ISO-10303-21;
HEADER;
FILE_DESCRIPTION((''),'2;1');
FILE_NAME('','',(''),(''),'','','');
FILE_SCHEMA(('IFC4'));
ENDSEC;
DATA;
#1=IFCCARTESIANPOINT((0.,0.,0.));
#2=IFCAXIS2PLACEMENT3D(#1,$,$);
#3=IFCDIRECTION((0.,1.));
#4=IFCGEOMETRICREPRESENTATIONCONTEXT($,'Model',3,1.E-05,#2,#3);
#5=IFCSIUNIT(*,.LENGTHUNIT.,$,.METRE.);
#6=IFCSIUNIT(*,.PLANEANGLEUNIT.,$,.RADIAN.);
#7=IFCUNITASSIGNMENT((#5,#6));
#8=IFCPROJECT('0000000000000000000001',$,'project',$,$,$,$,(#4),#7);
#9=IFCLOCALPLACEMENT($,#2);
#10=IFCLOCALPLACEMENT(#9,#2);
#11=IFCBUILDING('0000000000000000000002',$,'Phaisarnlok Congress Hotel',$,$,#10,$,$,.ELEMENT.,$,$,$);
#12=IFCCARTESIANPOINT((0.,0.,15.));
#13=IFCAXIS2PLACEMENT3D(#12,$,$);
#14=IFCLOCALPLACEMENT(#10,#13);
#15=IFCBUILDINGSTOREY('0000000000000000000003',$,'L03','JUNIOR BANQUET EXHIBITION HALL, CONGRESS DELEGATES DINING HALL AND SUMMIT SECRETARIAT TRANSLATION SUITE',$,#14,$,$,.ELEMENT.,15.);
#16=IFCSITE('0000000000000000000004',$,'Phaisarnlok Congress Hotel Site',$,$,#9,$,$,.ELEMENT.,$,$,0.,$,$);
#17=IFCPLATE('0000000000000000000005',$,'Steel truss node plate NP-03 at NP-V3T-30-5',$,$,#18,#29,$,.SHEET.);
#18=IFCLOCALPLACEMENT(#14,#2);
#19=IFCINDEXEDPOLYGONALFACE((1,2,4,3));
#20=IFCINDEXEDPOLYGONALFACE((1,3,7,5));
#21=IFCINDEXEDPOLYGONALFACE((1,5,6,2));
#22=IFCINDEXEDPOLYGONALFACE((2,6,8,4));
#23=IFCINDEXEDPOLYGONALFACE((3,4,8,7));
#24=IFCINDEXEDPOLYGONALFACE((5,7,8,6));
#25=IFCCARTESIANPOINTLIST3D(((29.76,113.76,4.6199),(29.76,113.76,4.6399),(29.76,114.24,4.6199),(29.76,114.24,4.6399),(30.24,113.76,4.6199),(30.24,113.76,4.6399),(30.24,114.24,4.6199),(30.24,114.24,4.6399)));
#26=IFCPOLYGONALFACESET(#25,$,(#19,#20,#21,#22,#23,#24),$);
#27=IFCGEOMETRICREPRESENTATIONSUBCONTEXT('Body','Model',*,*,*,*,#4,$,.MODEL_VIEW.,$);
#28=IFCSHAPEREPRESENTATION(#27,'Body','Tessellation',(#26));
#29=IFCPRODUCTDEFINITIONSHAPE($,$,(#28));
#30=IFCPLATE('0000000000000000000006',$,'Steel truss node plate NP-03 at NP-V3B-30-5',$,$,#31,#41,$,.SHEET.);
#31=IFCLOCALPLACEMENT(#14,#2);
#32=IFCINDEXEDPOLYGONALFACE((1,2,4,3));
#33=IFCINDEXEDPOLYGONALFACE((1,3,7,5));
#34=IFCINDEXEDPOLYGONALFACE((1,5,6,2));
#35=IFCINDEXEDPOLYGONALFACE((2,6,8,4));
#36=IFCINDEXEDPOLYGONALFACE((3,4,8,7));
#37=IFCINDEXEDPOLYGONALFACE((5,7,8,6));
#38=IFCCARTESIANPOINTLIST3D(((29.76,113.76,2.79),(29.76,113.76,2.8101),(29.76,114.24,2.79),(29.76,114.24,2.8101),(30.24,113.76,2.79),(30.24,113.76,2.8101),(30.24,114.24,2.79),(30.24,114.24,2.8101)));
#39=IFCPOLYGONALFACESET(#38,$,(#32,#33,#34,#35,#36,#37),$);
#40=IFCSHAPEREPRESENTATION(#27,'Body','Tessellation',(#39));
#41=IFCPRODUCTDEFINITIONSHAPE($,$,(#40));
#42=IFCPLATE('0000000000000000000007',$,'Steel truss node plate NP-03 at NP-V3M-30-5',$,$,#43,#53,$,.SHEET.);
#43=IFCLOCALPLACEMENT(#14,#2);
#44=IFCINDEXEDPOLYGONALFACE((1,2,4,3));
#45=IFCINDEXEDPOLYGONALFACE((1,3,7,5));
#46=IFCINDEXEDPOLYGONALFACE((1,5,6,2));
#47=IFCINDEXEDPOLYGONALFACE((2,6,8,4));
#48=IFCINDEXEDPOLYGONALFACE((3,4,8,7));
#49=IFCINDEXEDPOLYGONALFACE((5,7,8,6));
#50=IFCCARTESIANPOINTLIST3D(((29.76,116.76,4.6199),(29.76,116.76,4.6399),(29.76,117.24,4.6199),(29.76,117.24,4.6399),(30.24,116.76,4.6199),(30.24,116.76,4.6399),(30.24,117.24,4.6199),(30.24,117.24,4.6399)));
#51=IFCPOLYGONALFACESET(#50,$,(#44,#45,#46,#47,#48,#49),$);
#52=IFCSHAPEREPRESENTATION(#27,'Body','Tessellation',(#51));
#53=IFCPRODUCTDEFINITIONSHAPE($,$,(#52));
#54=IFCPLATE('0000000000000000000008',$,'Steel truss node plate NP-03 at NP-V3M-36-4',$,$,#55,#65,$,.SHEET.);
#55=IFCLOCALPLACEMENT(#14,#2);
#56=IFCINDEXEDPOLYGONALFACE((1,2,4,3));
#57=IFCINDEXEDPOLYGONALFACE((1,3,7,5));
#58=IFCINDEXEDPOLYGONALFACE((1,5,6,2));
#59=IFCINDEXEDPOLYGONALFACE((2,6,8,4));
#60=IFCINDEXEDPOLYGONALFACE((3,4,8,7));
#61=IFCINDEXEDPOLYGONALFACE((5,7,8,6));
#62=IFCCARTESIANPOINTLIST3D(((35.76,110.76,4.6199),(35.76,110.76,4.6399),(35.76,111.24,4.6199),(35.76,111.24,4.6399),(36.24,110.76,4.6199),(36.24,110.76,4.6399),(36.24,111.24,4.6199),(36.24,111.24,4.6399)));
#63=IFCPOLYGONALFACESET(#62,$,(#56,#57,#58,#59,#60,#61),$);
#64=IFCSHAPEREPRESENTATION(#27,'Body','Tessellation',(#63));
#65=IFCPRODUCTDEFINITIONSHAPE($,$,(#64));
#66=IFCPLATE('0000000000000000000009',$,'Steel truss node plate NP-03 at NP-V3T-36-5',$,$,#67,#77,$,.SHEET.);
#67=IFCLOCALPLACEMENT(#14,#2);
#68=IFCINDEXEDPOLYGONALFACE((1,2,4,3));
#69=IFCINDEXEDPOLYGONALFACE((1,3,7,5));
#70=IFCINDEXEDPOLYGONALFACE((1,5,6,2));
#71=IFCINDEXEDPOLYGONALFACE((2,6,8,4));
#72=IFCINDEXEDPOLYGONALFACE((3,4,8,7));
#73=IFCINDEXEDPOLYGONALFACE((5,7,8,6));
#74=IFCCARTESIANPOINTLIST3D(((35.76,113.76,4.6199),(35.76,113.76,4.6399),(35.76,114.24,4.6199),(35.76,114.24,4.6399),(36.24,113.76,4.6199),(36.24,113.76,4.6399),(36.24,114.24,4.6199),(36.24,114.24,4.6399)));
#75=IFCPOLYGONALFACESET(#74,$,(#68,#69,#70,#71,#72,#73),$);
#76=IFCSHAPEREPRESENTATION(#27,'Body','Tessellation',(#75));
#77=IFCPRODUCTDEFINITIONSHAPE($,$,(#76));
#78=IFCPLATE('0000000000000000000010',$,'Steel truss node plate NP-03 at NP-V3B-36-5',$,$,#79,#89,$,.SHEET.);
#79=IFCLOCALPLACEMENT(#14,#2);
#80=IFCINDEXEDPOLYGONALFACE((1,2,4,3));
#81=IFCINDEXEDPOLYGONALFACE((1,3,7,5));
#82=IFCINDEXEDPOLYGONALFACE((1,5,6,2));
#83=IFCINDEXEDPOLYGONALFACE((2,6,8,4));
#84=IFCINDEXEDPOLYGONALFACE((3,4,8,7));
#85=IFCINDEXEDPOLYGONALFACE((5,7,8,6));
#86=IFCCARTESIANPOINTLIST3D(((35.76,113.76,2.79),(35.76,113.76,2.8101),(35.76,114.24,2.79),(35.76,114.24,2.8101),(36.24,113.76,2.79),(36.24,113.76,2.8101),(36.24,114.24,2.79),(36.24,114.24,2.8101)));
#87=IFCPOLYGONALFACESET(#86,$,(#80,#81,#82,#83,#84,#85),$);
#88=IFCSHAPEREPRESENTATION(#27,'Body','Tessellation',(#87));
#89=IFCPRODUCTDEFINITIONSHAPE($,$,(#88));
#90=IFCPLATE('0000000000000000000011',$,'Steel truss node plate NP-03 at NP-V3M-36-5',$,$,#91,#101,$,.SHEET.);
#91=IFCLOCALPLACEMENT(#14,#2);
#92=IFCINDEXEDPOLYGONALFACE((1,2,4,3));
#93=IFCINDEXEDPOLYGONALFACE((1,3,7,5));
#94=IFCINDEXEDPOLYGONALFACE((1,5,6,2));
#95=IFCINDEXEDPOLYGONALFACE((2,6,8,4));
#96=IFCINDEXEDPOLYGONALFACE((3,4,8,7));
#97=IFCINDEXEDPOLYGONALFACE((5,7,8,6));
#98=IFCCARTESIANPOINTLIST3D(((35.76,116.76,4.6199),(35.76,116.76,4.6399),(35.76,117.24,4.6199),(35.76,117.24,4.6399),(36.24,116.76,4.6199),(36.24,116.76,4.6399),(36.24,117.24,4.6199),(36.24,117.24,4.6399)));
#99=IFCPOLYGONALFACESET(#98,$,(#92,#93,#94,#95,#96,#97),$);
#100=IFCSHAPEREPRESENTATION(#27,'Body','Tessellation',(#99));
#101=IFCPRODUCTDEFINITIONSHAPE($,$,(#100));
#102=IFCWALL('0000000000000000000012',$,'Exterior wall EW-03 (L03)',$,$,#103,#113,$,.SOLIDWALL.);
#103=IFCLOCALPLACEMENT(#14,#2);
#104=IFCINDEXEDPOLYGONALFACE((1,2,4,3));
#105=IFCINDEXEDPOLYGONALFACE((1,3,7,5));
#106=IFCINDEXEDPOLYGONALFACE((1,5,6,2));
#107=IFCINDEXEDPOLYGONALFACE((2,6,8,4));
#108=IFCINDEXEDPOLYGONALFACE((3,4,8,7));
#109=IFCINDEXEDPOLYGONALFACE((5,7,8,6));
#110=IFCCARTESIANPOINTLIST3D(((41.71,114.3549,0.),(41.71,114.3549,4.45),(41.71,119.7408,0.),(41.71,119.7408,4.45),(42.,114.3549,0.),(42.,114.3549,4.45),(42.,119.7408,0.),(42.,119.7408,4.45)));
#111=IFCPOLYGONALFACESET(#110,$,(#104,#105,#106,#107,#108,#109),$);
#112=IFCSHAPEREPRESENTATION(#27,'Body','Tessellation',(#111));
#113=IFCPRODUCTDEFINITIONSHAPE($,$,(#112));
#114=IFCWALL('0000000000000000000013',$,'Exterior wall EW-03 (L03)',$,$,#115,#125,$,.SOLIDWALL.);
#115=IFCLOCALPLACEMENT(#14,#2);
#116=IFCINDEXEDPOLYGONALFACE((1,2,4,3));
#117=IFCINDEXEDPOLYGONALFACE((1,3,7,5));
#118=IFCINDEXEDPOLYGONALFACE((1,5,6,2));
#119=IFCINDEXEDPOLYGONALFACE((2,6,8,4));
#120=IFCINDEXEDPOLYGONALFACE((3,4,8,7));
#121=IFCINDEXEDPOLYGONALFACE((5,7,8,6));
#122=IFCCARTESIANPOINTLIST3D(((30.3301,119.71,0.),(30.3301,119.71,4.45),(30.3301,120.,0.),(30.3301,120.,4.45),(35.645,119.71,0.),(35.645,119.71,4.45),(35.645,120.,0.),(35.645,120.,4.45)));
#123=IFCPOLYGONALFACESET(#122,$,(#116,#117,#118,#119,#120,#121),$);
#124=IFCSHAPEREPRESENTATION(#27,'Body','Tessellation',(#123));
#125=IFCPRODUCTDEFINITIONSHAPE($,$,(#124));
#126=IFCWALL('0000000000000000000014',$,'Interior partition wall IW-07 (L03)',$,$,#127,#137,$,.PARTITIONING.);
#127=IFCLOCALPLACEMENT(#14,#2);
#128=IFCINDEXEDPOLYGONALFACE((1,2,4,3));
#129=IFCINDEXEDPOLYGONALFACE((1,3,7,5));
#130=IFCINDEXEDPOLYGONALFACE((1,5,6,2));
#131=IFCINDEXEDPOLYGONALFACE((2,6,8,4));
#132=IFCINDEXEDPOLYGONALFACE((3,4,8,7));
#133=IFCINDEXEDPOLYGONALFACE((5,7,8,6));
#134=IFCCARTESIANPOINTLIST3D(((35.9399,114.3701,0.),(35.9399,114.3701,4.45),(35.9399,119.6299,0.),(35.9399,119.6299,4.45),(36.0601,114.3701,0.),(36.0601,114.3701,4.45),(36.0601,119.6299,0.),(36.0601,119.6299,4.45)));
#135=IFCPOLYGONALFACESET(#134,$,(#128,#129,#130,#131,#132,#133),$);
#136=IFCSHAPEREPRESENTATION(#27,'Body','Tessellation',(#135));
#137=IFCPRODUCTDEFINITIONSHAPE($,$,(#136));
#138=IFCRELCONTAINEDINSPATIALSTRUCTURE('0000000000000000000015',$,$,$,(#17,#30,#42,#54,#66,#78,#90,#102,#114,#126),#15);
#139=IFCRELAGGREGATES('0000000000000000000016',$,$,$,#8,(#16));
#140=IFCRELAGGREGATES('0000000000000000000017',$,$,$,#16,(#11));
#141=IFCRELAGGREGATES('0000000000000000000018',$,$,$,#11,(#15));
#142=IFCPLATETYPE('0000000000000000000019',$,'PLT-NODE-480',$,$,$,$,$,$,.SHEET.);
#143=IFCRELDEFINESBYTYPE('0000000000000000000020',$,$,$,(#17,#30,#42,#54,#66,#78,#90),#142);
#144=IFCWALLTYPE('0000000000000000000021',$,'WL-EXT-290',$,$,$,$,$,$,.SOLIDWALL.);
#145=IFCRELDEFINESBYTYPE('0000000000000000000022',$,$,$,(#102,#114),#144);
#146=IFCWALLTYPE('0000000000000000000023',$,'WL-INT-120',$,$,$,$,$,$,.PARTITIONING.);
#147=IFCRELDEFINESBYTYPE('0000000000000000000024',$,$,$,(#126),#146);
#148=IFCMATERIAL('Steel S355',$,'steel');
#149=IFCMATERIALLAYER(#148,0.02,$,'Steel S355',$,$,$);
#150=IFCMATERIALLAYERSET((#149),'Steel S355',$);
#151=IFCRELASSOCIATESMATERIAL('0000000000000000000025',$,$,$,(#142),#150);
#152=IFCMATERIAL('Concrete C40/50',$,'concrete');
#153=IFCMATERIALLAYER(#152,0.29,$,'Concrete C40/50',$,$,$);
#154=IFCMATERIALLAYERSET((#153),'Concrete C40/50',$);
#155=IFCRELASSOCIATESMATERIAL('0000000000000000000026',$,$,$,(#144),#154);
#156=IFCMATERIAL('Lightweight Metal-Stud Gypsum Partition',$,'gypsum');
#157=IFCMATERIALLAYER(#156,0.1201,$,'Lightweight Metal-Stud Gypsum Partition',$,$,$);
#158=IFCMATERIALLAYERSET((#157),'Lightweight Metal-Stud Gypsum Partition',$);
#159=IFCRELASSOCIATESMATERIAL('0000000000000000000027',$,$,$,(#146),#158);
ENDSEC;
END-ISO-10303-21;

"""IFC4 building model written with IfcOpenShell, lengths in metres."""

from ifc_helpers import new_model, si_unit, direction, frame, frame_2d, origin, origin_2d, place, context, subcontext, project, spatial, rectangle, extrude, material, layer, layer_set, type_object, element, save


model = new_model("IFC4")

# Units and contexts
model_context = context("Model", 3, precision=1e-05, world=origin(), true_north=direction((0.0, 1.0)))
body_context = subcontext(model_context, "Body", "Model", "MODEL_VIEW")
ifc_project = project(units=[si_unit("LENGTHUNIT", "METRE"), si_unit("PLANEANGLEUNIT", "RADIAN")], contexts=[model_context])

# Site, building, storey
site_placement = place(None, origin())
site = spatial("IfcSite", under=ifc_project, at=site_placement, Name="Phaisarnlok Congress Hotel Site", CompositionType="ELEMENT", RefElevation=0.0)
building_placement = place(site_placement, origin())
building = spatial("IfcBuilding", under=site, at=building_placement, Name="Phaisarnlok Congress Hotel", CompositionType="ELEMENT")
storey_placement = place(building_placement, frame((0.0, 0.0, 15.0)))
storey = spatial("IfcBuildingStorey", under=building, at=storey_placement, Name="L03", Description="JUNIOR BANQUET EXHIBITION HALL, CONGRESS DELEGATES DINING HALL AND SUMMIT SECRETARIAT TRANSLATION SUITE", CompositionType="ELEMENT", Elevation=15.0)

# Shared definitions
ifc_material_1 = material(Name="Steel S355", Category="steel")

# Plates
ifc_layer_1 = layer(ifc_material_1, 0.02, Name="Steel S355")
ifc_layer_set_1 = layer_set([ifc_layer_1], Name="Steel S355")
plate_type_1 = type_object("IfcPlateType", Name="PLT-NODE-480", PredefinedType="SHEET", material=ifc_layer_set_1)
for number, where, z_axis, x_axis, name in (
    (1, (30.0, 114.0, 4.6199), (0.0, 0.0, 1.0), (1.0, 0.0, 0.0), "Steel truss node plate NP-03 at NP-V3T-30-5"),
    (2, (30.0, 114.0, 2.79), (0.0, 0.0, 1.0), (1.0, 0.0, 0.0), "Steel truss node plate NP-03 at NP-V3B-30-5"),
    (3, (30.0, 117.0, 4.6199), (0.0, 0.0, 1.0), (1.0, 0.0, 0.0), "Steel truss node plate NP-03 at NP-V3M-30-5"),
    (4, (36.0, 111.0, 4.6199), (0.0, 0.0, 1.0), (1.0, 0.0, 0.0), "Steel truss node plate NP-03 at NP-V3M-36-4"),
    (5, (36.0, 114.0, 4.6199), (0.0, 0.0, 1.0), (1.0, 0.0, 0.0), "Steel truss node plate NP-03 at NP-V3T-36-5"),
    (6, (36.0, 114.0, 2.79), (0.0, 0.0, 1.0), (1.0, 0.0, 0.0), "Steel truss node plate NP-03 at NP-V3B-36-5"),
    (7, (36.0, 117.0, 4.6199), (0.0, 0.0, 1.0), (1.0, 0.0, 0.0), "Steel truss node plate NP-03 at NP-V3M-36-5"),
):
    element("IfcPlate", number, at=place(storey_placement, frame(where, z_axis=z_axis, x_axis=x_axis)), inside=storey, type_object=plate_type_1, Name=name, PredefinedType="SHEET", context=body_context, shape_type="SweptSolid", body=[
        extrude(rectangle(XDim=0.48, YDim=0.48, at=origin_2d()), origin(), (0.0, 0.0, 1.0), 0.02),
    ])

# Walls
ifc_material_2 = material(Name="Concrete C40/50", Category="concrete")
ifc_layer_2 = layer(ifc_material_2, 0.29, Name="Concrete C40/50")
ifc_layer_set_2 = layer_set([ifc_layer_2], Name="Concrete C40/50")
wall_type_1 = type_object("IfcWallType", Name="WL-EXT-290", PredefinedType="SOLIDWALL", material=ifc_layer_set_2)
wall_1_placement = place(storey_placement, frame((41.855, 114.355, 0.0), z_axis=(0.0, 0.0, 1.0), x_axis=(0.0, 1.0, 0.0)))
element("IfcWall", 8, at=wall_1_placement, inside=storey, type_object=wall_type_1, Name="Exterior wall EW-03 (L03)", PredefinedType="SOLIDWALL", context=body_context, shape_type="SweptSolid", body=[
    extrude(rectangle(XDim=5.386, YDim=0.29, at=frame_2d((2.6929, 0.0))), origin(), (0.0, 0.0, 1.0), 4.45),
])
wall_2_placement = place(storey_placement, frame((35.645, 119.855, 0.0), z_axis=(0.0, 0.0, 1.0), x_axis=(-1.0, 0.0, 0.0)))
element("IfcWall", 9, at=wall_2_placement, inside=storey, type_object=wall_type_1, Name="Exterior wall EW-03 (L03)", PredefinedType="SOLIDWALL", context=body_context, shape_type="SweptSolid", body=[
    extrude(rectangle(XDim=5.3149, YDim=0.29, at=frame_2d((2.6575, 0.0))), origin(), (0.0, 0.0, 1.0), 4.45),
])
ifc_material_3 = material(Name="Lightweight Metal-Stud Gypsum Partition", Category="gypsum")
ifc_layer_3 = layer(ifc_material_3, 0.1201, Name="Lightweight Metal-Stud Gypsum Partition")
ifc_layer_set_3 = layer_set([ifc_layer_3], Name="Lightweight Metal-Stud Gypsum Partition")
wall_type_2 = type_object("IfcWallType", Name="WL-INT-120", PredefinedType="PARTITIONING", material=ifc_layer_set_3)
wall_3_placement = place(storey_placement, frame((36.0, 114.3701, 0.0), z_axis=(0.0, 0.0, 1.0), x_axis=(0.0, 1.0, 0.0)))
element("IfcWall", 10, at=wall_3_placement, inside=storey, type_object=wall_type_2, Name="Interior partition wall IW-07 (L03)", PredefinedType="PARTITIONING", context=body_context, shape_type="SweptSolid", body=[
    extrude(rectangle(XDim=5.2598, YDim=0.1201, at=frame_2d((2.6299, 0.0))), origin(), (0.0, 0.0, 1.0), 4.45),
])

save(model, "model.ifc")
